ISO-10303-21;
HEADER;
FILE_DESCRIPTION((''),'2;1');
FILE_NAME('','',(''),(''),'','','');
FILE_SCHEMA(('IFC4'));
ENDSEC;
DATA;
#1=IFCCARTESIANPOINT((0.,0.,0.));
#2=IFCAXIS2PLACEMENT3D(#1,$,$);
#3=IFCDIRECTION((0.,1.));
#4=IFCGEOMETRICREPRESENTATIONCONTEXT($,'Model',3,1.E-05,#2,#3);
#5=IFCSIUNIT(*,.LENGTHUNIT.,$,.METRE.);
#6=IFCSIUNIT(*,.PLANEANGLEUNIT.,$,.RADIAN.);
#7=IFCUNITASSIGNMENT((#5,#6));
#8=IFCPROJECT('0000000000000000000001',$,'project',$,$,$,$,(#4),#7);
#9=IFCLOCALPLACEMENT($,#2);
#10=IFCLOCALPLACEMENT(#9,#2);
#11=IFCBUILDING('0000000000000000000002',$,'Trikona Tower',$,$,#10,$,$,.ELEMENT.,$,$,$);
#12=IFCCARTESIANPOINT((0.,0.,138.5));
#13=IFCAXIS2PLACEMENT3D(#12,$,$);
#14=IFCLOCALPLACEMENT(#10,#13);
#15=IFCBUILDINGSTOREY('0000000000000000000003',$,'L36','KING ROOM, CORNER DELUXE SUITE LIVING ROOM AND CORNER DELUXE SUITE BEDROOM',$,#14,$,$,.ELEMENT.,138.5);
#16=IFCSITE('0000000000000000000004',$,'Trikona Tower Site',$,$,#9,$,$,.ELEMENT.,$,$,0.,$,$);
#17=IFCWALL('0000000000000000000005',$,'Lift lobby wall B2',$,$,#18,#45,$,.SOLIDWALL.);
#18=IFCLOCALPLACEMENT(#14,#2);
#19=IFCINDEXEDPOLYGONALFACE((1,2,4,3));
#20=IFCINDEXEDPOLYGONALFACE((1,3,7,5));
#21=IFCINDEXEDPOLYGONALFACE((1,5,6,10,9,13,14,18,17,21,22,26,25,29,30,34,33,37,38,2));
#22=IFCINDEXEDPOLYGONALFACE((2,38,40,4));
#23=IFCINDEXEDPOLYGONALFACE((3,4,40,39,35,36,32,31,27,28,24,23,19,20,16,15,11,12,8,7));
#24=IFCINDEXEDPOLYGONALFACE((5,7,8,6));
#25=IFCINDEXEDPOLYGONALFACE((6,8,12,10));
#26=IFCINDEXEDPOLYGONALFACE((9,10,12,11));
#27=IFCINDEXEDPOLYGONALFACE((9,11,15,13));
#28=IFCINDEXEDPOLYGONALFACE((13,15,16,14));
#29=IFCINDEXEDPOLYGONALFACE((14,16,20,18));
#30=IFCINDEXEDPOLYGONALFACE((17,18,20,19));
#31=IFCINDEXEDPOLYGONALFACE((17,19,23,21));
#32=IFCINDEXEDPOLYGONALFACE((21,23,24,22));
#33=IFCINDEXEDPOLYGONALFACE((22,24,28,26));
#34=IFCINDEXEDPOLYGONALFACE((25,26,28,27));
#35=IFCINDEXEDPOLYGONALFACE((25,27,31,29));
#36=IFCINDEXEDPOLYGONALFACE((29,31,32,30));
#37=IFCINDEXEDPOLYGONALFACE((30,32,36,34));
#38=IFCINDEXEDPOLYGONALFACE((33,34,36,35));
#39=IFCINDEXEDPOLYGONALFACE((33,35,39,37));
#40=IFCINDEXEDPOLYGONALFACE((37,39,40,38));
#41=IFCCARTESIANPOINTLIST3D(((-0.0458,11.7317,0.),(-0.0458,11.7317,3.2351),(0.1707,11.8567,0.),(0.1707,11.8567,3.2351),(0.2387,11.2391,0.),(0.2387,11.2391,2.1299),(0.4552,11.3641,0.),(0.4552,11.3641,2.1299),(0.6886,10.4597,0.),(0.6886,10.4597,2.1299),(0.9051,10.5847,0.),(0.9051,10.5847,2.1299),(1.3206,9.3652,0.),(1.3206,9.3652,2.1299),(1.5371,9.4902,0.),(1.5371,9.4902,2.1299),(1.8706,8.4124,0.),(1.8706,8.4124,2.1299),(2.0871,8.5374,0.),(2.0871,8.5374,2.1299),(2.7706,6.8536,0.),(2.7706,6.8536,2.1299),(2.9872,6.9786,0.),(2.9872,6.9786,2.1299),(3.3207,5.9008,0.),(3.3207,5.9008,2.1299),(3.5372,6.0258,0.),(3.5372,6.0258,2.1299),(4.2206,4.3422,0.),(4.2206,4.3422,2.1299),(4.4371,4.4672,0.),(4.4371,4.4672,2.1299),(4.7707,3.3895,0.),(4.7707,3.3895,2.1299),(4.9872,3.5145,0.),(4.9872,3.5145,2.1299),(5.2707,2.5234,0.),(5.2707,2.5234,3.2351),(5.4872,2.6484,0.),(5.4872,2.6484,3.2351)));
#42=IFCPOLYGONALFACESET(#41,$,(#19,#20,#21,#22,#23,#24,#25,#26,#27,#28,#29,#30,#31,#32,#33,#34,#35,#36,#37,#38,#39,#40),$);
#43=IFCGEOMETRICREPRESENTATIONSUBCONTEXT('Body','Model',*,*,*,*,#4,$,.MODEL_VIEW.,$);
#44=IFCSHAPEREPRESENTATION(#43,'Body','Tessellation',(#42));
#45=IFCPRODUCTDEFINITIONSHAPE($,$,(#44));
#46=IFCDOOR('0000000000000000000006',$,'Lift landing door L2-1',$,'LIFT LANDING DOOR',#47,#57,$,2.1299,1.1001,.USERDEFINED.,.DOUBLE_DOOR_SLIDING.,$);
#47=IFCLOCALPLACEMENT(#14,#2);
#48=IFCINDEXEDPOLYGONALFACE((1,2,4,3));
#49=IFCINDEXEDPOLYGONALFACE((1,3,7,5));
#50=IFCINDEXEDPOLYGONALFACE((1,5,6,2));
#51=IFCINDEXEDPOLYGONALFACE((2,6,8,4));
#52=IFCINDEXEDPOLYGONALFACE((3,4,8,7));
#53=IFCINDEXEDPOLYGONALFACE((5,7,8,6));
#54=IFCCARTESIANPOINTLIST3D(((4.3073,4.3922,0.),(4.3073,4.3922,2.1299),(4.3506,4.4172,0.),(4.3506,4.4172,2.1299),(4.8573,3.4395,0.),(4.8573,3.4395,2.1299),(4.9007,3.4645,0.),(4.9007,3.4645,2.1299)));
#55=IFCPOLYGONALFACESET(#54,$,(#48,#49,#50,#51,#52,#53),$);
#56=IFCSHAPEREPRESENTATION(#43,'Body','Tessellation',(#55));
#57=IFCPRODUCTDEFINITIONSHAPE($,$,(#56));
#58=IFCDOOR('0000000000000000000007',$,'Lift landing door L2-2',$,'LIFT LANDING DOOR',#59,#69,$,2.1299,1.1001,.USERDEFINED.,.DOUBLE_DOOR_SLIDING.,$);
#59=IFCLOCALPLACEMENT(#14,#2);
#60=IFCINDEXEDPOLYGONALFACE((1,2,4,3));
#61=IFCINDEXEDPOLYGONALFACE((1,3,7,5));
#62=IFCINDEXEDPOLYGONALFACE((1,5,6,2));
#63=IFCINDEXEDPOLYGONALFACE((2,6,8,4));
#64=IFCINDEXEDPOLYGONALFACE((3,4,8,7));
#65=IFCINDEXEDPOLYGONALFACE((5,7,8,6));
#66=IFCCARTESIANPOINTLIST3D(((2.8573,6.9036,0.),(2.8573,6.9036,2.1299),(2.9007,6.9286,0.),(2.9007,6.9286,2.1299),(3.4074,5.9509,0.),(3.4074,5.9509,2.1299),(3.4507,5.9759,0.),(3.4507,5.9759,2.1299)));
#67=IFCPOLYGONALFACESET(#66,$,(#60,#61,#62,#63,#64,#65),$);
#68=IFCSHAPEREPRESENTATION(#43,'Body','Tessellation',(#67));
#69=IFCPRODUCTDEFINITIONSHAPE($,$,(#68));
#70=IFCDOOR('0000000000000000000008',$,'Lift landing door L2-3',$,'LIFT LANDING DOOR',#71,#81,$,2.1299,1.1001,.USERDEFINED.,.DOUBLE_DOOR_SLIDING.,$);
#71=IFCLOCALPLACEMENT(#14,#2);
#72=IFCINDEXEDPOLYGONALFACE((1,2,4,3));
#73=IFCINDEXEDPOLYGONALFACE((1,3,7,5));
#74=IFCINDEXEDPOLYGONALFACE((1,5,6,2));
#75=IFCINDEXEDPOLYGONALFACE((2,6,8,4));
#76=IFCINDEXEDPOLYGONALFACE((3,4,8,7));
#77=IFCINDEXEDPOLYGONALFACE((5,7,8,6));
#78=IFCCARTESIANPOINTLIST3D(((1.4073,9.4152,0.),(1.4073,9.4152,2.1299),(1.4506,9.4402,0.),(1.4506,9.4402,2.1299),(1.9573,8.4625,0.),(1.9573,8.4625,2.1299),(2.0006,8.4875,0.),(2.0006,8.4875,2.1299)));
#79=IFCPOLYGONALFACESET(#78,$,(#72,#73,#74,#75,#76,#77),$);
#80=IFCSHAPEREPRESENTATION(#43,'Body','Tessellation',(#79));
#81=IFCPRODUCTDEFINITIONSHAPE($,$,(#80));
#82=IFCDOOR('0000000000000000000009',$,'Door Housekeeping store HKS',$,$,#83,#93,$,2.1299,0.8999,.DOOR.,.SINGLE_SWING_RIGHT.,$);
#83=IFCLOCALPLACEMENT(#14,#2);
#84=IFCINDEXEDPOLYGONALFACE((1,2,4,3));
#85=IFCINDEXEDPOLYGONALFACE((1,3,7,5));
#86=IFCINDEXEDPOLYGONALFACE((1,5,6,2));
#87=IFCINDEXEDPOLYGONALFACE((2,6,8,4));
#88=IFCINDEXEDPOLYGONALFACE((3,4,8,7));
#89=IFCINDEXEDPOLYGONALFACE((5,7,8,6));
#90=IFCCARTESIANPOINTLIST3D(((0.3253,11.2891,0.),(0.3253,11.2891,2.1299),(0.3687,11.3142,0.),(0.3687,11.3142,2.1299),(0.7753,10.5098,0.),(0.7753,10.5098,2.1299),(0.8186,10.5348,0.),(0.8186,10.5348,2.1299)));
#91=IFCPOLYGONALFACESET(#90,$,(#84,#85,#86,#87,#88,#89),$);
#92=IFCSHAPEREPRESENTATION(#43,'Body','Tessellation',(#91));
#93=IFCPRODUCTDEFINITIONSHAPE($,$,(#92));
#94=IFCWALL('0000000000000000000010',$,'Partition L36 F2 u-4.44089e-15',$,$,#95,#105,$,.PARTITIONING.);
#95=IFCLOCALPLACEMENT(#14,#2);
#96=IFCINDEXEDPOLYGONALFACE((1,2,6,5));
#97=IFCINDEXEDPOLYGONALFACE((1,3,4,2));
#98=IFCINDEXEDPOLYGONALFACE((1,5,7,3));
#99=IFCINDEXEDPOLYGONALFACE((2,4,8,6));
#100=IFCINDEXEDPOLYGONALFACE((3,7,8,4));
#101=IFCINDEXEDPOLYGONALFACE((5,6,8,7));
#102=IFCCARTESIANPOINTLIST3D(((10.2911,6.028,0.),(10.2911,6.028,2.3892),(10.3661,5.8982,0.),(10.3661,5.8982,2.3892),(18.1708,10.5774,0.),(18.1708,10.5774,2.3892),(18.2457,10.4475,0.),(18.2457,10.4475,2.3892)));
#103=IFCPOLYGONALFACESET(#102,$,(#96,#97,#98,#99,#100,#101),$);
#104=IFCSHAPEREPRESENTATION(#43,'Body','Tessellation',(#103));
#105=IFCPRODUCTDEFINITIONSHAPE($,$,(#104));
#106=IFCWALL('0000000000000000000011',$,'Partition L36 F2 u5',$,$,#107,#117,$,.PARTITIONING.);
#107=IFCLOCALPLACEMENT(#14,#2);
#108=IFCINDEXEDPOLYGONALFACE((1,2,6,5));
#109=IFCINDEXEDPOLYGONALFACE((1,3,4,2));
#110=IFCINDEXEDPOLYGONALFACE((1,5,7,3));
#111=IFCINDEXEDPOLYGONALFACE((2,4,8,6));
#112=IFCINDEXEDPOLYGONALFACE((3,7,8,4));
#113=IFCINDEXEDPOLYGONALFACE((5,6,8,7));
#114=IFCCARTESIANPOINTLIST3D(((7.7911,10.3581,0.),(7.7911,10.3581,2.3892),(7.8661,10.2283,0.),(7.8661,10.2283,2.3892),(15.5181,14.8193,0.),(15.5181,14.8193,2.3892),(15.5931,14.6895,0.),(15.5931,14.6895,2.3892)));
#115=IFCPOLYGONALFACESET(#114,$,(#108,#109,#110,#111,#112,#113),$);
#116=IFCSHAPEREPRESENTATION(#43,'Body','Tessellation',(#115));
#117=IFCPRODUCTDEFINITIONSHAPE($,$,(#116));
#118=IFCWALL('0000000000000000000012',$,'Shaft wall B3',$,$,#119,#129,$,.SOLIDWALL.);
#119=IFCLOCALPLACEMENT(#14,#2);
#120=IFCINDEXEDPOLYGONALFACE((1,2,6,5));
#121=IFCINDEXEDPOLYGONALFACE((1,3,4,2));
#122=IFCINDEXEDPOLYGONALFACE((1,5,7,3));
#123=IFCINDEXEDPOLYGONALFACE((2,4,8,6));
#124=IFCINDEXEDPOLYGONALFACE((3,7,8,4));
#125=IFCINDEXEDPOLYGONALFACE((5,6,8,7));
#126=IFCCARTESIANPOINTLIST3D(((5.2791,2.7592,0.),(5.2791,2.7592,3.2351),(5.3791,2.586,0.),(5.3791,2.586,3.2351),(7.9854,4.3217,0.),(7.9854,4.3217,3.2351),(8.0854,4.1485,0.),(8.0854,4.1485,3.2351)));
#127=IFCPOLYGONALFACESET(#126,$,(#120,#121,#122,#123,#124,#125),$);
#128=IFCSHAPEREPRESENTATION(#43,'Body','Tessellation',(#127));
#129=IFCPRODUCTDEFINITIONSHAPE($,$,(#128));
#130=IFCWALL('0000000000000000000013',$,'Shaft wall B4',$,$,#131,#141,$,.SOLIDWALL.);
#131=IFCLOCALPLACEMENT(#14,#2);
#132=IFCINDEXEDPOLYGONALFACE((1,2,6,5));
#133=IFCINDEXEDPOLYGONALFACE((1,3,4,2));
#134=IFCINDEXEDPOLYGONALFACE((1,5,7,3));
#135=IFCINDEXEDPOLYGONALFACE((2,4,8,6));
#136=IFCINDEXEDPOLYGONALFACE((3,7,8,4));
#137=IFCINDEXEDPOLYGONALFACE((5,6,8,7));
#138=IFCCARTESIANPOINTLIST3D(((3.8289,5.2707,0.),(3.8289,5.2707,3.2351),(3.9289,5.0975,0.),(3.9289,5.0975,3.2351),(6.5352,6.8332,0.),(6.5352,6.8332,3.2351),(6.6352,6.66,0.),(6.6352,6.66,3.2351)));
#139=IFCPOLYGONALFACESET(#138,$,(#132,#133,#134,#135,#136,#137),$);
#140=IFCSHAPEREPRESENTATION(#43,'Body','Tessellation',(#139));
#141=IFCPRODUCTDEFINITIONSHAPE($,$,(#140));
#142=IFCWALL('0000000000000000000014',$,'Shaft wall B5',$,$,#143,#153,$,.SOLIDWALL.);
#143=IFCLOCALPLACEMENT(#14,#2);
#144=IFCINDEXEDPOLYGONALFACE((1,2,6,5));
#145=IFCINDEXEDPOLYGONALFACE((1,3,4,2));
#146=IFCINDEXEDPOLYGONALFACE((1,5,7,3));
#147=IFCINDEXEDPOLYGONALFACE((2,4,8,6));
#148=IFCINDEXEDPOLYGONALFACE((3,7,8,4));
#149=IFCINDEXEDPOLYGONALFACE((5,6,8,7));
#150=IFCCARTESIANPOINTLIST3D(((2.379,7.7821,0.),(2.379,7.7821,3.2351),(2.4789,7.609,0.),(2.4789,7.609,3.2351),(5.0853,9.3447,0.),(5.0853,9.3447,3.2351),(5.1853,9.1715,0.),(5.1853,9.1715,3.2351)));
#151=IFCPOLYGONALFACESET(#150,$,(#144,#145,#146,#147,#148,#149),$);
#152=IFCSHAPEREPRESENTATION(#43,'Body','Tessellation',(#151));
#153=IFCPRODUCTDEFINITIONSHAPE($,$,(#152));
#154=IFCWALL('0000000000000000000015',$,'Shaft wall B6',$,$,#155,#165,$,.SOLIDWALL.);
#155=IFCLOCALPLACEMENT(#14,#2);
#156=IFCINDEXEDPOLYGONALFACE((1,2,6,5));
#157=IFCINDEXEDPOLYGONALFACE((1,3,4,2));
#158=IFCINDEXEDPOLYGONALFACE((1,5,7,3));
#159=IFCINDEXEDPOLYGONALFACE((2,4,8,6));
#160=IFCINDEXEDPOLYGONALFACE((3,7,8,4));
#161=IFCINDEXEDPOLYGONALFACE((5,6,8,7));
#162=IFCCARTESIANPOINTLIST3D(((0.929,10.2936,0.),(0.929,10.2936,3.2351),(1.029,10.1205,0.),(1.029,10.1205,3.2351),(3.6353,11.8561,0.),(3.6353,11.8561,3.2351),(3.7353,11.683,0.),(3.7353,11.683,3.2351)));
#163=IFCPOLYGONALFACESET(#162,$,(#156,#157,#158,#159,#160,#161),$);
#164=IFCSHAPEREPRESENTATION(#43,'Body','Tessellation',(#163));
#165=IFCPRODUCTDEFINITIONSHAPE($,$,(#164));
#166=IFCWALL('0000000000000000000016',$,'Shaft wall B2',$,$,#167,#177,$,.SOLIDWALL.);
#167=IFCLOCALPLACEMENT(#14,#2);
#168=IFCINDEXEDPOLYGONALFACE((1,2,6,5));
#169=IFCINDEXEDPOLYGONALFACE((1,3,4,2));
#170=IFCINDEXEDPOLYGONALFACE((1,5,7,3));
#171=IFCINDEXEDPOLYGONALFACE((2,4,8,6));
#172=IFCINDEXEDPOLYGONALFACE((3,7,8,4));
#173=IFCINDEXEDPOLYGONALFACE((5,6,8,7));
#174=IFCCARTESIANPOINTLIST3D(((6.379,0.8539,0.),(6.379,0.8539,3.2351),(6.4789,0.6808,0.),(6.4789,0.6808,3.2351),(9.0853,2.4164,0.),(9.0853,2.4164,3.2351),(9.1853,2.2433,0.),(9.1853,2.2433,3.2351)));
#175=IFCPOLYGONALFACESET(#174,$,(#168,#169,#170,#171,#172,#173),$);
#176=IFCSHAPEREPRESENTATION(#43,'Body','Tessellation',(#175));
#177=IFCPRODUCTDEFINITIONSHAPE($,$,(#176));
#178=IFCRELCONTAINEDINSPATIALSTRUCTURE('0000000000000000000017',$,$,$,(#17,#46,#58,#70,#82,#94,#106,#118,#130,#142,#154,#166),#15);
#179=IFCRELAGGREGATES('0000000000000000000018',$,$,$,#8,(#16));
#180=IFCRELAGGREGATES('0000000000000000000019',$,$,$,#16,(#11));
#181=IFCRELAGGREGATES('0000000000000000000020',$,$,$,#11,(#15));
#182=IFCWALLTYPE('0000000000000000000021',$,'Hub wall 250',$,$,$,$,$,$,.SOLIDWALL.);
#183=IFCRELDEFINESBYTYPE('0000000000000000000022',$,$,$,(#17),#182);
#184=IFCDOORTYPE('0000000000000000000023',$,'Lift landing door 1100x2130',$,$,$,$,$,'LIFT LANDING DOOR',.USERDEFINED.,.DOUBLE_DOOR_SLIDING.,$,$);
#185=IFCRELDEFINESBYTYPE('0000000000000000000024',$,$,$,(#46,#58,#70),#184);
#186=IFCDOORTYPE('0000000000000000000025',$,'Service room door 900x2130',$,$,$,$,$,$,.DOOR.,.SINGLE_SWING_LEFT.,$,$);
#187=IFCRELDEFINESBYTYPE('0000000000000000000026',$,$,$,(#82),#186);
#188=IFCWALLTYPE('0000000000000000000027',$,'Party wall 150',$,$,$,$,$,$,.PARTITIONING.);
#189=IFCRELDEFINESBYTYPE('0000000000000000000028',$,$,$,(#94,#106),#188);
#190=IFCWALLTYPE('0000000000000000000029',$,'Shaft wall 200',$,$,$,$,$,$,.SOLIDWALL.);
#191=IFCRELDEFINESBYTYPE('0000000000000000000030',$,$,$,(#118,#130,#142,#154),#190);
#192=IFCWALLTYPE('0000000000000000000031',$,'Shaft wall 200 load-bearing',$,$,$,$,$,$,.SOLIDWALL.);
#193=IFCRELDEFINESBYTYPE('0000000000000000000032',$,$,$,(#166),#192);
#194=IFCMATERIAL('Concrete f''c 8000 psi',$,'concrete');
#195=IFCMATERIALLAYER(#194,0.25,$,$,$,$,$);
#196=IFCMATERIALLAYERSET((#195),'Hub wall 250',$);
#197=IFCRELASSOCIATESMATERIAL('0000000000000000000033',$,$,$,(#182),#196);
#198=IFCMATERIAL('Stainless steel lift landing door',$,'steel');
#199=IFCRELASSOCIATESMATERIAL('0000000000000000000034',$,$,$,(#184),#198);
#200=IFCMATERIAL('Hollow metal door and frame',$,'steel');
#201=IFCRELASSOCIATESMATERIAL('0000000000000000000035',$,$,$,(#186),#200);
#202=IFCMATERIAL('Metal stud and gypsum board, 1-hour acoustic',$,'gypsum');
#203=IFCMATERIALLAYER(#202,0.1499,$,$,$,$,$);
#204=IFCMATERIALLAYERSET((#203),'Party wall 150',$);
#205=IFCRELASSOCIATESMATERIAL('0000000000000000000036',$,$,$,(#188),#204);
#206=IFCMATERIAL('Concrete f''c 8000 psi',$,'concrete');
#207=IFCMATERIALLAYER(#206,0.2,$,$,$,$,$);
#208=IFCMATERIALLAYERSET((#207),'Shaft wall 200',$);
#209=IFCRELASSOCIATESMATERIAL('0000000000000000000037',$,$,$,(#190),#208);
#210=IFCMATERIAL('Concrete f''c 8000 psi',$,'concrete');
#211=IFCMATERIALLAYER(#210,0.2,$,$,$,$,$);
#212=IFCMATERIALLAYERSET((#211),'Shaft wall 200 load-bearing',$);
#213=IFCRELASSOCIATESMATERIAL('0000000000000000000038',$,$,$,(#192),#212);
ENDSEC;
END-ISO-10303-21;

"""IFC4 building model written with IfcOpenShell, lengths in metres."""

from ifc_helpers import new_model, si_unit, direction, frame, frame_2d, origin, place, context, subcontext, project, spatial, rectangle, extrude, material, layer, layer_set, type_object, element, fill, save


model = new_model("IFC4")

# Units and contexts
model_context = context("Model", 3, precision=1e-05, world=origin(), true_north=direction((0.0, 1.0)))
body_context = subcontext(model_context, "Body", "Model", "MODEL_VIEW")
ifc_project = project(units=[si_unit("LENGTHUNIT", "METRE"), si_unit("PLANEANGLEUNIT", "RADIAN")], contexts=[model_context])

# Site, building, storey
site_placement = place(None, origin())
site = spatial("IfcSite", under=ifc_project, at=site_placement, Name="Trikona Tower Site", CompositionType="ELEMENT", RefElevation=0.0)
building_placement = place(site_placement, origin())
building = spatial("IfcBuilding", under=site, at=building_placement, Name="Trikona Tower", CompositionType="ELEMENT")
storey_placement = place(building_placement, frame((0.0, 0.0, 138.5)))
storey = spatial("IfcBuildingStorey", under=building, at=storey_placement, Name="L36", Description="KING ROOM, CORNER DELUXE SUITE LIVING ROOM AND CORNER DELUXE SUITE BEDROOM", CompositionType="ELEMENT", Elevation=138.5)

# Wall, openings, doors
ifc_material_1 = material(Name="Concrete f'c 8000 psi", Category="concrete")
ifc_layer_1 = layer(ifc_material_1, 0.25)
ifc_layer_set_1 = layer_set([ifc_layer_1], Name="Hub wall 250")
wall_type_1 = type_object("IfcWallType", Name="Hub wall 250", PredefinedType="SOLIDWALL", material=ifc_layer_set_1)
wall_1_placement = place(storey_placement, frame((5.3789, 2.5859, 0.0), z_axis=(0.0, 0.0, 1.0), x_axis=(-0.500001, 0.866025, 0.0)))
wall_1 = element("IfcWall", 1, at=wall_1_placement, inside=storey, type_object=wall_type_1, Name="Lift lobby wall B2", PredefinedType="SOLIDWALL", context=body_context, shape_type="SweptSolid", body=[
    extrude(rectangle(XDim=10.6328, YDim=0.25, at=frame_2d((5.3164, 0.0))), origin(), (0.0, 0.0, 1.0), 3.2351),
])
opening_1_placement = place(wall_1_placement, frame((9.1641, 0.0, 0.0)))
opening_1 = element("IfcOpeningElement", 2, at=opening_1_placement, cuts=wall_1, PredefinedType="OPENING", context=body_context, shape_type="SweptSolid", body=[
    extrude(rectangle(XDim=0.8999, YDim=2.1299, at=frame_2d((0.45, 1.0649))), frame((0.0, 0.135, 0.0), z_axis=(0.0, -1.0, 0.0), x_axis=(1.0, 0.0, 0.0)), (0.0, 0.0, 1.0), 0.27),
])
opening_2_placement = place(wall_1_placement, frame((1.0, 0.0, 0.0)))
opening_2 = element("IfcOpeningElement", 3, at=opening_2_placement, cuts=wall_1, PredefinedType="OPENING", context=body_context, shape_type="SweptSolid", body=[
    extrude(rectangle(XDim=1.1001, YDim=2.1299, at=frame_2d((0.55, 1.0649))), frame((0.0, 0.135, 0.0), z_axis=(0.0, -1.0, 0.0), x_axis=(1.0, 0.0, 0.0)), (0.0, 0.0, 1.0), 0.27),
])
opening_3_placement = place(wall_1_placement, frame((3.8999, 0.0, 0.0)))
opening_3 = element("IfcOpeningElement", 4, at=opening_3_placement, cuts=wall_1, PredefinedType="OPENING", context=body_context, shape_type="SweptSolid", body=[
    extrude(rectangle(XDim=1.1001, YDim=2.1299, at=frame_2d((0.55, 1.0649))), frame((0.0, 0.135, 0.0), z_axis=(0.0, -1.0, 0.0), x_axis=(1.0, 0.0, 0.0)), (0.0, 0.0, 1.0), 0.27),
])
opening_4_placement = place(wall_1_placement, frame((6.8, 0.0, 0.0)))
opening_4 = element("IfcOpeningElement", 5, at=opening_4_placement, cuts=wall_1, PredefinedType="OPENING", context=body_context, shape_type="SweptSolid", body=[
    extrude(rectangle(XDim=1.1001, YDim=2.1299, at=frame_2d((0.55, 1.0649))), frame((0.0, 0.135, 0.0), z_axis=(0.0, -1.0, 0.0), x_axis=(1.0, 0.0, 0.0)), (0.0, 0.0, 1.0), 0.27),
])
ifc_material_2 = material(Name="Stainless steel lift landing door", Category="steel")
door_type_1 = type_object("IfcDoorType", Name="Lift landing door 1100x2130", ElementType="LIFT LANDING DOOR", OperationType="DOUBLE_DOOR_SLIDING", PredefinedType="USERDEFINED", material=ifc_material_2)
door_1_placement = place(opening_2_placement, origin())
door_1 = element("IfcDoor", 6, at=door_1_placement, inside=storey, type_object=door_type_1, Name="Lift landing door L2-1", ObjectType="LIFT LANDING DOOR", OperationType="DOUBLE_DOOR_SLIDING", OverallHeight=2.1299, OverallWidth=1.1001, PredefinedType="USERDEFINED", context=body_context, shape_type="SweptSolid", body=[
    extrude(rectangle(XDim=1.1001, YDim=2.1299, at=frame_2d((0.55, 1.0649))), frame((0.0, 0.0249, 0.0), z_axis=(0.0, -1.0, 0.0), x_axis=(1.0, 0.0, 0.0)), (0.0, 0.0, 1.0), 0.05),
])
fill(opening_2, door_1)
door_2_placement = place(opening_3_placement, origin())
door_2 = element("IfcDoor", 7, at=door_2_placement, inside=storey, type_object=door_type_1, Name="Lift landing door L2-2", ObjectType="LIFT LANDING DOOR", OperationType="DOUBLE_DOOR_SLIDING", OverallHeight=2.1299, OverallWidth=1.1001, PredefinedType="USERDEFINED", context=body_context, shape_type="SweptSolid", body=[
    extrude(rectangle(XDim=1.1001, YDim=2.1299, at=frame_2d((0.55, 1.0649))), frame((0.0, 0.0249, 0.0), z_axis=(0.0, -1.0, 0.0), x_axis=(1.0, 0.0, 0.0)), (0.0, 0.0, 1.0), 0.05),
])
fill(opening_3, door_2)
door_3_placement = place(opening_4_placement, origin())
door_3 = element("IfcDoor", 8, at=door_3_placement, inside=storey, type_object=door_type_1, Name="Lift landing door L2-3", ObjectType="LIFT LANDING DOOR", OperationType="DOUBLE_DOOR_SLIDING", OverallHeight=2.1299, OverallWidth=1.1001, PredefinedType="USERDEFINED", context=body_context, shape_type="SweptSolid", body=[
    extrude(rectangle(XDim=1.1001, YDim=2.1299, at=frame_2d((0.55, 1.0649))), frame((0.0, 0.0249, 0.0), z_axis=(0.0, -1.0, 0.0), x_axis=(1.0, 0.0, 0.0)), (0.0, 0.0, 1.0), 0.05),
])
fill(opening_4, door_3)
ifc_material_3 = material(Name="Hollow metal door and frame", Category="steel")
door_type_2 = type_object("IfcDoorType", Name="Service room door 900x2130", OperationType="SINGLE_SWING_LEFT", PredefinedType="DOOR", material=ifc_material_3)
door_4_placement = place(opening_1_placement, origin())
door_4 = element("IfcDoor", 9, at=door_4_placement, inside=storey, type_object=door_type_2, Name="Door Housekeeping store HKS", OperationType="SINGLE_SWING_RIGHT", OverallHeight=2.1299, OverallWidth=0.8999, PredefinedType="DOOR", context=body_context, shape_type="SweptSolid", body=[
    extrude(rectangle(XDim=0.8999, YDim=2.1299, at=frame_2d((0.45, 1.0649))), frame((0.0, 0.0249, 0.0), z_axis=(0.0, -1.0, 0.0), x_axis=(1.0, 0.0, 0.0)), (0.0, 0.0, 1.0), 0.05),
])
fill(opening_1, door_4)

# Walls
ifc_material_4 = material(Name="Metal stud and gypsum board, 1-hour acoustic", Category="gypsum")
ifc_layer_2 = layer(ifc_material_4, 0.1499)
ifc_layer_set_2 = layer_set([ifc_layer_2], Name="Party wall 150")
wall_type_2 = type_object("IfcWallType", Name="Party wall 150", PredefinedType="PARTITIONING", material=ifc_layer_set_2)
wall_2_placement = place(storey_placement, frame((10.3286, 5.9631, 0.0), z_axis=(0.0, 0.0, 1.0), x_axis=(0.866025, 0.5, 0.0)))
element("IfcWall", 10, at=wall_2_placement, inside=storey, type_object=wall_type_2, Name="Partition L36 F2 u-4.44089e-15", PredefinedType="PARTITIONING", context=body_context, shape_type="SweptSolid", body=[
    extrude(rectangle(XDim=9.0986, YDim=0.1499, at=frame_2d((4.5493, 0.0))), origin(), (0.0, 0.0, 1.0), 2.3892),
])
wall_3_placement = place(storey_placement, frame((7.8286, 10.2932, 0.0), z_axis=(0.0, 0.0, 1.0), x_axis=(0.866027, 0.499997, 0.0)))
element("IfcWall", 11, at=wall_3_placement, inside=storey, type_object=wall_type_2, Name="Partition L36 F2 u5", PredefinedType="PARTITIONING", context=body_context, shape_type="SweptSolid", body=[
    extrude(rectangle(XDim=8.9224, YDim=0.1499, at=frame_2d((4.4612, 0.0))), origin(), (0.0, 0.0, 1.0), 2.3892),
])
ifc_material_5 = material(Name="Concrete f'c 8000 psi", Category="concrete")
ifc_layer_3 = layer(ifc_material_5, 0.2)
ifc_layer_set_3 = layer_set([ifc_layer_3], Name="Shaft wall 200")
wall_type_3 = type_object("IfcWallType", Name="Shaft wall 200", PredefinedType="SOLIDWALL", material=ifc_layer_set_3)
for number, where, z_axis, x_axis, name in (
    (12, (5.3291, 2.6726, 0.0), (0.0, 0.0, 1.0), (0.866023, 0.500004, 0.0), "Shaft wall B3"),
    (13, (3.8789, 5.1841, 0.0), (0.0, 0.0, 1.0), (0.866023, 0.500004, 0.0), "Shaft wall B4"),
    (14, (2.429, 7.6956, 0.0), (0.0, 0.0, 1.0), (0.866023, 0.500004, 0.0), "Shaft wall B5"),
    (15, (0.979, 10.207, 0.0), (0.0, 0.0, 1.0), (0.866023, 0.500004, 0.0), "Shaft wall B6"),
):
    element("IfcWall", number, at=place(storey_placement, frame(where, z_axis=z_axis, x_axis=x_axis)), inside=storey, type_object=wall_type_3, Name=name, PredefinedType="SOLIDWALL", context=body_context, shape_type="SweptSolid", body=[
        extrude(rectangle(XDim=3.125, YDim=0.2, at=frame_2d((1.5625, 0.0))), origin(), (0.0, 0.0, 1.0), 3.2351),
    ])
ifc_material_6 = material(Name="Concrete f'c 8000 psi", Category="concrete")
ifc_layer_4 = layer(ifc_material_6, 0.2)
ifc_layer_set_4 = layer_set([ifc_layer_4], Name="Shaft wall 200 load-bearing")
wall_type_4 = type_object("IfcWallType", Name="Shaft wall 200 load-bearing", PredefinedType="SOLIDWALL", material=ifc_layer_set_4)
wall_4_placement = place(storey_placement, frame((6.429, 0.7673, 0.0), z_axis=(0.0, 0.0, 1.0), x_axis=(0.866023, 0.500004, 0.0)))
element("IfcWall", 16, at=wall_4_placement, inside=storey, type_object=wall_type_4, Name="Shaft wall B2", PredefinedType="SOLIDWALL", context=body_context, shape_type="SweptSolid", body=[
    extrude(rectangle(XDim=3.125, YDim=0.2, at=frame_2d((1.5625, 0.0))), origin(), (0.0, 0.0, 1.0), 3.2351),
])

save(model, "model.ifc")
